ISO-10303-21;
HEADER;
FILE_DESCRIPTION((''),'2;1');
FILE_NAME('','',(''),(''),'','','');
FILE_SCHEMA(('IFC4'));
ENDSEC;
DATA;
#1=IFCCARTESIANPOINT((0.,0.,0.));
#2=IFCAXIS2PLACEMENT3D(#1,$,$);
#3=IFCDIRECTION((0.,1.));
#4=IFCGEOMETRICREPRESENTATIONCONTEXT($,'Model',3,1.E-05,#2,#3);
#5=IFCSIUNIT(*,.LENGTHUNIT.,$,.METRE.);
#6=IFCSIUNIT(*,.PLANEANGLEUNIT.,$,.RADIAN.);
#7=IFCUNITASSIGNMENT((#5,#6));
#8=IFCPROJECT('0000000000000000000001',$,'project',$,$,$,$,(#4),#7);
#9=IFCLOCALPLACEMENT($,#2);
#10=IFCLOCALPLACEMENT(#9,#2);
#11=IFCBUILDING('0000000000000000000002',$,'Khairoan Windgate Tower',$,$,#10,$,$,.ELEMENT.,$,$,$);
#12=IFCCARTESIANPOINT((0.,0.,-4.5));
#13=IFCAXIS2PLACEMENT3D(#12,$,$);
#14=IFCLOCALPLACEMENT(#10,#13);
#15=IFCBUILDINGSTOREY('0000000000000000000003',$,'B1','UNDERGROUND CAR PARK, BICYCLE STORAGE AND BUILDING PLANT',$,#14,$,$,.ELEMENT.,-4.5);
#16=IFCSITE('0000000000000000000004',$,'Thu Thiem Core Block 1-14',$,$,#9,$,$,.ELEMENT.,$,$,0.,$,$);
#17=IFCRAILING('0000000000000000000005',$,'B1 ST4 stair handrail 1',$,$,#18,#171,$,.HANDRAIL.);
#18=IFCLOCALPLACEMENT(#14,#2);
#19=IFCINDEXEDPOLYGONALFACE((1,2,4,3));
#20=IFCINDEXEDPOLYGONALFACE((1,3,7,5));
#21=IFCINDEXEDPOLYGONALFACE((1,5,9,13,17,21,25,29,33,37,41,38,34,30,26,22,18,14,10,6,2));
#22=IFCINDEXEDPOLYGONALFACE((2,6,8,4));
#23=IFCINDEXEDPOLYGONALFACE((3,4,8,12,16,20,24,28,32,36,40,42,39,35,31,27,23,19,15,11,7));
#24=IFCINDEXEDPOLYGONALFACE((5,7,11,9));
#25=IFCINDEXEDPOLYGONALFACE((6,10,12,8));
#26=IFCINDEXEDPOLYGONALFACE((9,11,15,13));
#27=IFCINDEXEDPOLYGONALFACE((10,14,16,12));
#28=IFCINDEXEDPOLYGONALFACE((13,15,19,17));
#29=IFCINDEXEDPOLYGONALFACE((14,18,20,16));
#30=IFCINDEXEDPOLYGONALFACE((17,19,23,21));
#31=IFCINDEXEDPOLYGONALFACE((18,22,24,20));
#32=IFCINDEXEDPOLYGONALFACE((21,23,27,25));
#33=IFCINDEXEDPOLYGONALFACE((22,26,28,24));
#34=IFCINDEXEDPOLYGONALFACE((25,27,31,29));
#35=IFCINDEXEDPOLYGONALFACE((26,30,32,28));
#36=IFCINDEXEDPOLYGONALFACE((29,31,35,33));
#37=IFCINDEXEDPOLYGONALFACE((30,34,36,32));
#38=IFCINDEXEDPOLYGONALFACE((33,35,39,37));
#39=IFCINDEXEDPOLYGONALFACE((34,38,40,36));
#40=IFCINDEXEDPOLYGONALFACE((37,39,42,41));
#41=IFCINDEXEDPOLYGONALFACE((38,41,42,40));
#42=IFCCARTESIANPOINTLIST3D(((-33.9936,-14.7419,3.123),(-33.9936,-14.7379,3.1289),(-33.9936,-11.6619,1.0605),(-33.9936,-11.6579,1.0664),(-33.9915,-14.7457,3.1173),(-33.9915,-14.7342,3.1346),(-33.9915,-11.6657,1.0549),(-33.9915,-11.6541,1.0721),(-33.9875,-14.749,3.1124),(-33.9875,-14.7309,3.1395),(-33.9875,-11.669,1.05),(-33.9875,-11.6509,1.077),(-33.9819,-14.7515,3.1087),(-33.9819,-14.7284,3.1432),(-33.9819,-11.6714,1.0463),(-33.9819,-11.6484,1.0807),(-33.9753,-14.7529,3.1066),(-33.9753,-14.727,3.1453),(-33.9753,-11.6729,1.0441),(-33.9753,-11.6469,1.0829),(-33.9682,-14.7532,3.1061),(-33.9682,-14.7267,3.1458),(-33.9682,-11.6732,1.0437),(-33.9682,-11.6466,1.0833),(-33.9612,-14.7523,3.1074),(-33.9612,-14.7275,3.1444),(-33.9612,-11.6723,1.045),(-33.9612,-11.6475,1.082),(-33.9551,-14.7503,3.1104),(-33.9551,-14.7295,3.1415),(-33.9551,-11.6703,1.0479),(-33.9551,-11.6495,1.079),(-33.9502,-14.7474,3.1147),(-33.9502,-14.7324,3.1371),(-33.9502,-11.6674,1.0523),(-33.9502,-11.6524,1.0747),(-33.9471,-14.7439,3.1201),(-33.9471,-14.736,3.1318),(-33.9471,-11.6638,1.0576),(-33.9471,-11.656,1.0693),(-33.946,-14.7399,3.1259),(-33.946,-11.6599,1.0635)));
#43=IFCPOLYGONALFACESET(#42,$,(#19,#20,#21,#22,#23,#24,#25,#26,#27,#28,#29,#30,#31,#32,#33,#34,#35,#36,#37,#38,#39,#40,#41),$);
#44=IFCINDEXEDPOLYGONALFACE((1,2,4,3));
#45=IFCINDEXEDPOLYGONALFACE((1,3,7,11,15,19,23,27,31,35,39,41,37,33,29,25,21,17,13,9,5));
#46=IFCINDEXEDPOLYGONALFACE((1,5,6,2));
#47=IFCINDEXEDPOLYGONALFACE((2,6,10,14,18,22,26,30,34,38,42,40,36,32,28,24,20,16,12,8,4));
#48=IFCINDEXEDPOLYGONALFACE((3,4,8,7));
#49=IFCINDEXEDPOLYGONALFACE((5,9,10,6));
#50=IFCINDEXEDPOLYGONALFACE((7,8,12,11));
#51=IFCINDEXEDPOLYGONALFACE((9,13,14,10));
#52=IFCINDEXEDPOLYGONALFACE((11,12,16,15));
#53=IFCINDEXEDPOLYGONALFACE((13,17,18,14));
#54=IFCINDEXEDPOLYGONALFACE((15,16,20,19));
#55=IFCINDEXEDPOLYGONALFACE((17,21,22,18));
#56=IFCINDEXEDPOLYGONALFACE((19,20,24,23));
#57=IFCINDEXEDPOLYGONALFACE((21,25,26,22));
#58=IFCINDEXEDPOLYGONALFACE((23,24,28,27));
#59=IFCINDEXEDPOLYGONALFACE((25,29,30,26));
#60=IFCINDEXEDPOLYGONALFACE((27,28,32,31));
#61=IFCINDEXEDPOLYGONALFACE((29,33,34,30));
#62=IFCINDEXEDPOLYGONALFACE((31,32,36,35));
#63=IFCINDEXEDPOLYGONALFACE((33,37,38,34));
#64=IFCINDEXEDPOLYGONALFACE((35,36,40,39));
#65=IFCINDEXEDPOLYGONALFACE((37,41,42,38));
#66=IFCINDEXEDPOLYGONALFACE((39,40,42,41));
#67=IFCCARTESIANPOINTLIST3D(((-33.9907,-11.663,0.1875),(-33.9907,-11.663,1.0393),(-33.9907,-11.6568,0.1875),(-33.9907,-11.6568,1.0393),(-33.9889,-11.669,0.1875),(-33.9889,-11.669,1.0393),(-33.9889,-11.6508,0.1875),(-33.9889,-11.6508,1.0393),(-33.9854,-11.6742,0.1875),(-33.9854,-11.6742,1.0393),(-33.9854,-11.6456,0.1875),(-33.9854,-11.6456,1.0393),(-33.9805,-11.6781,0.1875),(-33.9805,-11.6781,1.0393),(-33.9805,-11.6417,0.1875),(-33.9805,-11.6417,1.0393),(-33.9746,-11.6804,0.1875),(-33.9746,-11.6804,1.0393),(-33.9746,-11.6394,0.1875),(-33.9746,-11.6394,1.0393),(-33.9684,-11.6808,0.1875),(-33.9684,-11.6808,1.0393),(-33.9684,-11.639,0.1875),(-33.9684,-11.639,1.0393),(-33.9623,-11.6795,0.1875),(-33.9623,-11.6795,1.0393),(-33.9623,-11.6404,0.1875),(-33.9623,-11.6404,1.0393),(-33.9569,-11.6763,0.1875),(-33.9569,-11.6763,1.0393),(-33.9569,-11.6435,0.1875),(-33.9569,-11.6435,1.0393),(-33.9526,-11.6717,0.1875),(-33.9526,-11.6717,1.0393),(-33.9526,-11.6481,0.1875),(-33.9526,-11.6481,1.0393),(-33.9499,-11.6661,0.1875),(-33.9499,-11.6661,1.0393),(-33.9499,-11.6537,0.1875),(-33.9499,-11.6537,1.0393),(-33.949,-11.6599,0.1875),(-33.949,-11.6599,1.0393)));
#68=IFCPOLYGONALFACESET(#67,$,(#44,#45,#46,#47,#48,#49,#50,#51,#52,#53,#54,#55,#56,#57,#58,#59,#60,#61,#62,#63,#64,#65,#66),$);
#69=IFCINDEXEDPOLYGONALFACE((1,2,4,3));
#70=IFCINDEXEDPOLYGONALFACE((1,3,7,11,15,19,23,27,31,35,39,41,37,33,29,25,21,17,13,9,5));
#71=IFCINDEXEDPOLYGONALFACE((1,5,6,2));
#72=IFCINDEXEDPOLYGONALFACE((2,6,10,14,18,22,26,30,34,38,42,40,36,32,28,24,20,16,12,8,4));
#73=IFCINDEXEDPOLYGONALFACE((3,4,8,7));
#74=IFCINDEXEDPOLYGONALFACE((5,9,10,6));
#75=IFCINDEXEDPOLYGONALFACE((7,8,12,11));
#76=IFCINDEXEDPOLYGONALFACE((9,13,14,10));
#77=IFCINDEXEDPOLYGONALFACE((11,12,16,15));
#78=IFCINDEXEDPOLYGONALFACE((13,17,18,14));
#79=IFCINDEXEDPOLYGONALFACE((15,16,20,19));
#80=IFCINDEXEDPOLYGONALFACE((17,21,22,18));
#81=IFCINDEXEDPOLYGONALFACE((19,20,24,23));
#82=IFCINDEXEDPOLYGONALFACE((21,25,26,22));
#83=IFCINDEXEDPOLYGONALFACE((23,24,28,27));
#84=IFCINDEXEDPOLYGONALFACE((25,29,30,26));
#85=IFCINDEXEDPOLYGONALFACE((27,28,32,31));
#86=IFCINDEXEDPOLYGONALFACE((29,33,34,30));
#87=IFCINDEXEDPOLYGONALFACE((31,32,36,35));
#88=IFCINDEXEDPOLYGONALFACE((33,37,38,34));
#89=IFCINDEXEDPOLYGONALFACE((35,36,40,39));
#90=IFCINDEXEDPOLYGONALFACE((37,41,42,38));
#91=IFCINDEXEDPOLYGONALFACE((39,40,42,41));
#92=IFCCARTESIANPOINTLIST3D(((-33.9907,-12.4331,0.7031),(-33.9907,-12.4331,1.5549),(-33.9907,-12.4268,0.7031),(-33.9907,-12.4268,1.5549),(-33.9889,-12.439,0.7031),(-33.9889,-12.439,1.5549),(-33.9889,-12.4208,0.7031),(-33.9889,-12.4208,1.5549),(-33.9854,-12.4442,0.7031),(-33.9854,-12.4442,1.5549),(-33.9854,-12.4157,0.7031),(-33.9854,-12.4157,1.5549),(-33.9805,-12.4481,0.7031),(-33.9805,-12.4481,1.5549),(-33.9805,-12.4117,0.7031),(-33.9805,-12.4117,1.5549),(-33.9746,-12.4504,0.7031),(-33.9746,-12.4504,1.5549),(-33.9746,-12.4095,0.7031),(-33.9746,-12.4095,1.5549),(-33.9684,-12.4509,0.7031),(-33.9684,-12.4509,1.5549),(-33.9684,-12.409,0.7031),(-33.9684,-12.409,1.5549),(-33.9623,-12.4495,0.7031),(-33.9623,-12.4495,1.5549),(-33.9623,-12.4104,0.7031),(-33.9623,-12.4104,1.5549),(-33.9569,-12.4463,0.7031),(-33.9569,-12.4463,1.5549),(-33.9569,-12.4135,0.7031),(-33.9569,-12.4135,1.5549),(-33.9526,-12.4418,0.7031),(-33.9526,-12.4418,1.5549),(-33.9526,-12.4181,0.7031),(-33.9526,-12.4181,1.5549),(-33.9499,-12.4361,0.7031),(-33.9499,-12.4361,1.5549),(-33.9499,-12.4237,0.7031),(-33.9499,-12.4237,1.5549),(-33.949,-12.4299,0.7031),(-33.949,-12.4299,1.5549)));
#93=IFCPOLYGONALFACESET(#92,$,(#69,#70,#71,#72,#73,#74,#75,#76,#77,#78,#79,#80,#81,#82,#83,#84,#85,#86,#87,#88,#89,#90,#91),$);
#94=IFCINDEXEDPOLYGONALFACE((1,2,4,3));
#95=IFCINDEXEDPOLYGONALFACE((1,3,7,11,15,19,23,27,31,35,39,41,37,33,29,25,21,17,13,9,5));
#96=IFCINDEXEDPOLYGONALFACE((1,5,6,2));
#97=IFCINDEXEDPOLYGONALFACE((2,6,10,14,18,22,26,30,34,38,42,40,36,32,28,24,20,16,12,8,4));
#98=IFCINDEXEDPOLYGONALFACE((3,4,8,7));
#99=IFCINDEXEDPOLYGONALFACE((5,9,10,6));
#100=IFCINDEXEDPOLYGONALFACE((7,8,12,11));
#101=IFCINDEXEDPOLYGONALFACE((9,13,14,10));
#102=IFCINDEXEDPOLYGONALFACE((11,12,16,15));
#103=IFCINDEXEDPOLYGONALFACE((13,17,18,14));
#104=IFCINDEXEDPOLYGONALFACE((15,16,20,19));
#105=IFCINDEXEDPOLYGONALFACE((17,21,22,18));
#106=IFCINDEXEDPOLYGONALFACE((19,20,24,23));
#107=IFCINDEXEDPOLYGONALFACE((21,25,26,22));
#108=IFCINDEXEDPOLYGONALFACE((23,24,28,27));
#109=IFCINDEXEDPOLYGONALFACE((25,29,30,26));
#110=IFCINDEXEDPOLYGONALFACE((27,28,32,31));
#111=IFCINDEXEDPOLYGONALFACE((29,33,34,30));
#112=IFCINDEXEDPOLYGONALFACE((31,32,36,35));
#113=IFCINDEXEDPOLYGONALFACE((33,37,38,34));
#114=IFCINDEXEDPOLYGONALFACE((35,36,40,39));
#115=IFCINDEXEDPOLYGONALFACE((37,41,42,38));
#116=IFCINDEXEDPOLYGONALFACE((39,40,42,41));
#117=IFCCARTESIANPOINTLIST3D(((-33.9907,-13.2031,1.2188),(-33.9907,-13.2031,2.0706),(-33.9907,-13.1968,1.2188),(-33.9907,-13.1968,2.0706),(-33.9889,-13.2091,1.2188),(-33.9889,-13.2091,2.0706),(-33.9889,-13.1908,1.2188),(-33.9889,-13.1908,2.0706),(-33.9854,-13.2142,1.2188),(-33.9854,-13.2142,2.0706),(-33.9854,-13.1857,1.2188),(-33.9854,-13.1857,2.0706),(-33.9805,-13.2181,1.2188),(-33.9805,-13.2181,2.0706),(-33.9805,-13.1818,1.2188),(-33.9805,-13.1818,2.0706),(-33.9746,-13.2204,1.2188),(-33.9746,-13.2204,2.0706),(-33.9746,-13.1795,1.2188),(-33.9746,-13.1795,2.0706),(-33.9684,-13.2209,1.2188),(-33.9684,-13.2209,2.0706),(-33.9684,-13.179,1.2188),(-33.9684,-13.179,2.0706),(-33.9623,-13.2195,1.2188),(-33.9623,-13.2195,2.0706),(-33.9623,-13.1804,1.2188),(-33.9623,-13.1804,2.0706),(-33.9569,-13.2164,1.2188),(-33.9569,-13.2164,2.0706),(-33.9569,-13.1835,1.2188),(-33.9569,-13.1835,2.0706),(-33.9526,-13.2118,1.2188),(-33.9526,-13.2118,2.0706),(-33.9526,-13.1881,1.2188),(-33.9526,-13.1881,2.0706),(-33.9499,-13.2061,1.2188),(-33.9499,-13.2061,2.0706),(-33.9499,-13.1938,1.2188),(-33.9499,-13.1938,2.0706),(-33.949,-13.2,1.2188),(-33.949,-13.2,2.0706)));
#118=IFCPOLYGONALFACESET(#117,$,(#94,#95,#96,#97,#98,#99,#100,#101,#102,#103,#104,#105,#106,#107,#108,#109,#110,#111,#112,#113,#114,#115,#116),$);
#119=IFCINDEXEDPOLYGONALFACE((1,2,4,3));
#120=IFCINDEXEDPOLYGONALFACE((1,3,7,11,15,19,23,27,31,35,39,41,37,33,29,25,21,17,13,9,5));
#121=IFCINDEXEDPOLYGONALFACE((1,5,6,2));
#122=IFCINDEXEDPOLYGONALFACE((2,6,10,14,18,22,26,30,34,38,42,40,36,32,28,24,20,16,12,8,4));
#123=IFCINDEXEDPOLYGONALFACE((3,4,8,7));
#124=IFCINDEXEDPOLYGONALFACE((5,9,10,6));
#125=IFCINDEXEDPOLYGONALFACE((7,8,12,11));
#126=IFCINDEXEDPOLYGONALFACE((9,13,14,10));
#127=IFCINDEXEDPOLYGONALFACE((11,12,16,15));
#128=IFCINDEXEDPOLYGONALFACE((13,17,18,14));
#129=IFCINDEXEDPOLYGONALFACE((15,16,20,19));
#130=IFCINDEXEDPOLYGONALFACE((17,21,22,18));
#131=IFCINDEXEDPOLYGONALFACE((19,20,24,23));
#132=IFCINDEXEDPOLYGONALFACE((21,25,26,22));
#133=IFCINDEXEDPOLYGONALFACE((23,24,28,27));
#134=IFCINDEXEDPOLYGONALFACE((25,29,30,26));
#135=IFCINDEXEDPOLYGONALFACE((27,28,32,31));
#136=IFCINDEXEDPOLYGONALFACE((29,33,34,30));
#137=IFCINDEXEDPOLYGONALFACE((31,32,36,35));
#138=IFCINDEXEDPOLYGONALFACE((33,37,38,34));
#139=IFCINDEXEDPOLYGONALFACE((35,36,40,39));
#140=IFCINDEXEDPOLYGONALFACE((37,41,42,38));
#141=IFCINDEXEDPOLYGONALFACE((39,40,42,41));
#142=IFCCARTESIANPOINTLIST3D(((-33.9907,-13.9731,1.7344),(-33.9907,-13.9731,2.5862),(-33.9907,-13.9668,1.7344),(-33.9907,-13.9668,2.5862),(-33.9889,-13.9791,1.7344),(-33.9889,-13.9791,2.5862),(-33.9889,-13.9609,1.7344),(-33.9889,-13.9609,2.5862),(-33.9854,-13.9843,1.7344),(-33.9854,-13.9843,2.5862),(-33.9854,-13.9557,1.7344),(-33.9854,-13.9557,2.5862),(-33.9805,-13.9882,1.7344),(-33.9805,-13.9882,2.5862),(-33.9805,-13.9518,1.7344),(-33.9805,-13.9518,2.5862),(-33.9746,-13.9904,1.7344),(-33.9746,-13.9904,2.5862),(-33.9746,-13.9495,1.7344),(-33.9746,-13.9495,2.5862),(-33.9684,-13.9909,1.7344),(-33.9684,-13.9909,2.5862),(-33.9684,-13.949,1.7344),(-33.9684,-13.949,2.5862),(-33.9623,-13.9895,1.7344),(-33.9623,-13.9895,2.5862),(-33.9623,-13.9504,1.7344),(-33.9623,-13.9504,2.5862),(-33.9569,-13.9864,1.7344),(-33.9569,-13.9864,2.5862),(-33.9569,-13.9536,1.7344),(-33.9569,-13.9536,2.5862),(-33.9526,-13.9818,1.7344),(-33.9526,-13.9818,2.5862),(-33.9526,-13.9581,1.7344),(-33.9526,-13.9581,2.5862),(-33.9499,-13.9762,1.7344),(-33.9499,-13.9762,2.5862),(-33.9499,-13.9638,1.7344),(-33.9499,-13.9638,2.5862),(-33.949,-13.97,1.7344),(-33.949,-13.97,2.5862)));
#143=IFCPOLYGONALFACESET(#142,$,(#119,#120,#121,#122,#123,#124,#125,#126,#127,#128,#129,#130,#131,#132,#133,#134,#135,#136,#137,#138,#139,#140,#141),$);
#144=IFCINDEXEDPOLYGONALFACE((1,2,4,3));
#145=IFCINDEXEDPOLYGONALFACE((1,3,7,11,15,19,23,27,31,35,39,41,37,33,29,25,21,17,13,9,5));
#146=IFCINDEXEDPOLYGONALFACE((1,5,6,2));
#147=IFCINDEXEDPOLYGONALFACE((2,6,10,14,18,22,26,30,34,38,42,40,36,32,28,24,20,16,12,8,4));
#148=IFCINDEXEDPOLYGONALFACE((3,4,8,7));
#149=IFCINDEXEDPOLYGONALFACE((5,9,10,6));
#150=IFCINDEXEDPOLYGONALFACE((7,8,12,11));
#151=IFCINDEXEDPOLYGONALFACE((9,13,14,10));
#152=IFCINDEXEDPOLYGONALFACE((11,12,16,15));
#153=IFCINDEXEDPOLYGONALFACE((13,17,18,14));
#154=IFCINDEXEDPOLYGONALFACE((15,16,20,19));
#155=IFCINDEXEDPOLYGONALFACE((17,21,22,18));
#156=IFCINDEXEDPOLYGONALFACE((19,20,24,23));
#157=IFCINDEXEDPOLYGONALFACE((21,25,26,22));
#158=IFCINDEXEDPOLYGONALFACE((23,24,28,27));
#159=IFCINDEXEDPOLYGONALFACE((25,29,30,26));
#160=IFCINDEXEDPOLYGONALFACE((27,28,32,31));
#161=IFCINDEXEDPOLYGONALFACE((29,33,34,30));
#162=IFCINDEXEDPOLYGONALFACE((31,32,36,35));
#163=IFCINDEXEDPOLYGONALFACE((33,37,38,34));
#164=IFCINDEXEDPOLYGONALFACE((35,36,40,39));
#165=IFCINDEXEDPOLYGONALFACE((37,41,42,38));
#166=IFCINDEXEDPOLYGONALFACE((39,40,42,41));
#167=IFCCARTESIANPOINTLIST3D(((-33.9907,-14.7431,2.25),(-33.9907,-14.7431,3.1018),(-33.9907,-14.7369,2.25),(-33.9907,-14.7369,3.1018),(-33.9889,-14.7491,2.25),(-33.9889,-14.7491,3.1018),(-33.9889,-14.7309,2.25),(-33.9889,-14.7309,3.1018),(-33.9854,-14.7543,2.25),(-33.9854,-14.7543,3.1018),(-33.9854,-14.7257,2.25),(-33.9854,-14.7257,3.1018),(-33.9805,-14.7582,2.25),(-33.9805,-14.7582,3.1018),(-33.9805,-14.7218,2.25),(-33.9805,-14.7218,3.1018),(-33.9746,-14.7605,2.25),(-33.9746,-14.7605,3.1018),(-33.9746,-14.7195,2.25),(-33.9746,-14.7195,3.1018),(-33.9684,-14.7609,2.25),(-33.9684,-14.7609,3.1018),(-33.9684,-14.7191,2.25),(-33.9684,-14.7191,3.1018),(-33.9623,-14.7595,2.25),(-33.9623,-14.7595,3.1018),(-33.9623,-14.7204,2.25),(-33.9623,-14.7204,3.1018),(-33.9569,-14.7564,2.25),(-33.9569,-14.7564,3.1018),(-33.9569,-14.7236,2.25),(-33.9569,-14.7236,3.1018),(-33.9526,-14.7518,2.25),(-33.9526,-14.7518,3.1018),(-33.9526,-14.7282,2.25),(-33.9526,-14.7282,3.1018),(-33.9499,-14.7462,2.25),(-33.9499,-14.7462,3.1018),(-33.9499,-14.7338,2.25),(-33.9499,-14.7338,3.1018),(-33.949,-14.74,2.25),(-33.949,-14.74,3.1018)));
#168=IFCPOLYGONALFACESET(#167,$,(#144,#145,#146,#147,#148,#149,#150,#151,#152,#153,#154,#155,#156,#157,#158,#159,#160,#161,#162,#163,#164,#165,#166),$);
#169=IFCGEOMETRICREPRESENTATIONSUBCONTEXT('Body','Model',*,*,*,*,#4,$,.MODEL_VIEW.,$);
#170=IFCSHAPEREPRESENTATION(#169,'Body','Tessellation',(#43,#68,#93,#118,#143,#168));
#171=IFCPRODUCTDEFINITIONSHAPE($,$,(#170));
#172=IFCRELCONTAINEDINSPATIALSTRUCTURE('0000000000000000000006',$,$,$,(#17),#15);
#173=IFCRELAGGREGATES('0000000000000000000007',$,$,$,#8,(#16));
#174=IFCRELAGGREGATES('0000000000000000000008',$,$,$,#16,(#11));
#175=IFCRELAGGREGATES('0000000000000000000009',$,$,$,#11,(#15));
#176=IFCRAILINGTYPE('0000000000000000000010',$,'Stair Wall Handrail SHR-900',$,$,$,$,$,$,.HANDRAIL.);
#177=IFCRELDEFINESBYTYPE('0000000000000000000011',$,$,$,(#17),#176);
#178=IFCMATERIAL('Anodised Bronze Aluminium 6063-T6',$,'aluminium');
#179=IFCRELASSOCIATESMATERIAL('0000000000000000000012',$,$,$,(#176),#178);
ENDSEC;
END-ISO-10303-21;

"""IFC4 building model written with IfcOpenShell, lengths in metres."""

from ifc_helpers import new_model, si_unit, direction, frame, origin, origin_2d, place, context, subcontext, project, spatial, circle, extrude, material, type_object, element, save


model = new_model("IFC4")

# Units and contexts
model_context = context("Model", 3, precision=1e-05, world=origin(), true_north=direction((0.0, 1.0)))
body_context = subcontext(model_context, "Body", "Model", "MODEL_VIEW")
ifc_project = project(units=[si_unit("LENGTHUNIT", "METRE"), si_unit("PLANEANGLEUNIT", "RADIAN")], contexts=[model_context])

# Site, building, storey
site_placement = place(None, origin())
site = spatial("IfcSite", under=ifc_project, at=site_placement, Name="Thu Thiem Core Block 1-14", CompositionType="ELEMENT", RefElevation=0.0)
building_placement = place(site_placement, origin())
building = spatial("IfcBuilding", under=site, at=building_placement, Name="Khairoan Windgate Tower", CompositionType="ELEMENT")
storey_placement = place(building_placement, frame((0.0, 0.0, -4.5)))
storey = spatial("IfcBuildingStorey", under=building, at=storey_placement, Name="B1", Description="UNDERGROUND CAR PARK, BICYCLE STORAGE AND BUILDING PLANT", CompositionType="ELEMENT", Elevation=-4.5)

# Railing
ifc_material_1 = material(Name="Anodised Bronze Aluminium 6063-T6", Category="aluminium")
railing_type_1 = type_object("IfcRailingType", Name="Stair Wall Handrail SHR-900", PredefinedType="HANDRAIL", material=ifc_material_1)
railing_1_placement = place(storey_placement, frame((-33.97, -11.6599, 0.1875)))
element("IfcRailing", 1, at=railing_1_placement, inside=storey, type_object=railing_type_1, Name="B1 ST4 stair handrail 1", PredefinedType="HANDRAIL", context=body_context, shape_type="SweptSolid", body=[
    extrude(circle(Radius=0.0239, at=origin_2d()), frame((0.0, 0.0, 0.876), z_axis=(0.0, -0.830914, 0.556401), x_axis=(1.0, 0.0, 0.0)), (0.0, 0.0, 1.0), 3.7068),
    extrude(circle(Radius=0.021, at=origin_2d()), origin(), (0.0, 0.0, 1.0), 0.8518),
    extrude(circle(Radius=0.021, at=origin_2d()), frame((0.0, -0.77, 0.5156)), (0.0, 0.0, 1.0), 0.8518),
    extrude(circle(Radius=0.021, at=origin_2d()), frame((0.0, -1.54, 1.0312)), (0.0, 0.0, 1.0), 0.8518),
    extrude(circle(Radius=0.021, at=origin_2d()), frame((0.0, -2.3101, 1.5469)), (0.0, 0.0, 1.0), 0.8518),
    extrude(circle(Radius=0.021, at=origin_2d()), frame((0.0, -3.0801, 2.0625)), (0.0, 0.0, 1.0), 0.8518),
])

save(model, "model.ifc")
